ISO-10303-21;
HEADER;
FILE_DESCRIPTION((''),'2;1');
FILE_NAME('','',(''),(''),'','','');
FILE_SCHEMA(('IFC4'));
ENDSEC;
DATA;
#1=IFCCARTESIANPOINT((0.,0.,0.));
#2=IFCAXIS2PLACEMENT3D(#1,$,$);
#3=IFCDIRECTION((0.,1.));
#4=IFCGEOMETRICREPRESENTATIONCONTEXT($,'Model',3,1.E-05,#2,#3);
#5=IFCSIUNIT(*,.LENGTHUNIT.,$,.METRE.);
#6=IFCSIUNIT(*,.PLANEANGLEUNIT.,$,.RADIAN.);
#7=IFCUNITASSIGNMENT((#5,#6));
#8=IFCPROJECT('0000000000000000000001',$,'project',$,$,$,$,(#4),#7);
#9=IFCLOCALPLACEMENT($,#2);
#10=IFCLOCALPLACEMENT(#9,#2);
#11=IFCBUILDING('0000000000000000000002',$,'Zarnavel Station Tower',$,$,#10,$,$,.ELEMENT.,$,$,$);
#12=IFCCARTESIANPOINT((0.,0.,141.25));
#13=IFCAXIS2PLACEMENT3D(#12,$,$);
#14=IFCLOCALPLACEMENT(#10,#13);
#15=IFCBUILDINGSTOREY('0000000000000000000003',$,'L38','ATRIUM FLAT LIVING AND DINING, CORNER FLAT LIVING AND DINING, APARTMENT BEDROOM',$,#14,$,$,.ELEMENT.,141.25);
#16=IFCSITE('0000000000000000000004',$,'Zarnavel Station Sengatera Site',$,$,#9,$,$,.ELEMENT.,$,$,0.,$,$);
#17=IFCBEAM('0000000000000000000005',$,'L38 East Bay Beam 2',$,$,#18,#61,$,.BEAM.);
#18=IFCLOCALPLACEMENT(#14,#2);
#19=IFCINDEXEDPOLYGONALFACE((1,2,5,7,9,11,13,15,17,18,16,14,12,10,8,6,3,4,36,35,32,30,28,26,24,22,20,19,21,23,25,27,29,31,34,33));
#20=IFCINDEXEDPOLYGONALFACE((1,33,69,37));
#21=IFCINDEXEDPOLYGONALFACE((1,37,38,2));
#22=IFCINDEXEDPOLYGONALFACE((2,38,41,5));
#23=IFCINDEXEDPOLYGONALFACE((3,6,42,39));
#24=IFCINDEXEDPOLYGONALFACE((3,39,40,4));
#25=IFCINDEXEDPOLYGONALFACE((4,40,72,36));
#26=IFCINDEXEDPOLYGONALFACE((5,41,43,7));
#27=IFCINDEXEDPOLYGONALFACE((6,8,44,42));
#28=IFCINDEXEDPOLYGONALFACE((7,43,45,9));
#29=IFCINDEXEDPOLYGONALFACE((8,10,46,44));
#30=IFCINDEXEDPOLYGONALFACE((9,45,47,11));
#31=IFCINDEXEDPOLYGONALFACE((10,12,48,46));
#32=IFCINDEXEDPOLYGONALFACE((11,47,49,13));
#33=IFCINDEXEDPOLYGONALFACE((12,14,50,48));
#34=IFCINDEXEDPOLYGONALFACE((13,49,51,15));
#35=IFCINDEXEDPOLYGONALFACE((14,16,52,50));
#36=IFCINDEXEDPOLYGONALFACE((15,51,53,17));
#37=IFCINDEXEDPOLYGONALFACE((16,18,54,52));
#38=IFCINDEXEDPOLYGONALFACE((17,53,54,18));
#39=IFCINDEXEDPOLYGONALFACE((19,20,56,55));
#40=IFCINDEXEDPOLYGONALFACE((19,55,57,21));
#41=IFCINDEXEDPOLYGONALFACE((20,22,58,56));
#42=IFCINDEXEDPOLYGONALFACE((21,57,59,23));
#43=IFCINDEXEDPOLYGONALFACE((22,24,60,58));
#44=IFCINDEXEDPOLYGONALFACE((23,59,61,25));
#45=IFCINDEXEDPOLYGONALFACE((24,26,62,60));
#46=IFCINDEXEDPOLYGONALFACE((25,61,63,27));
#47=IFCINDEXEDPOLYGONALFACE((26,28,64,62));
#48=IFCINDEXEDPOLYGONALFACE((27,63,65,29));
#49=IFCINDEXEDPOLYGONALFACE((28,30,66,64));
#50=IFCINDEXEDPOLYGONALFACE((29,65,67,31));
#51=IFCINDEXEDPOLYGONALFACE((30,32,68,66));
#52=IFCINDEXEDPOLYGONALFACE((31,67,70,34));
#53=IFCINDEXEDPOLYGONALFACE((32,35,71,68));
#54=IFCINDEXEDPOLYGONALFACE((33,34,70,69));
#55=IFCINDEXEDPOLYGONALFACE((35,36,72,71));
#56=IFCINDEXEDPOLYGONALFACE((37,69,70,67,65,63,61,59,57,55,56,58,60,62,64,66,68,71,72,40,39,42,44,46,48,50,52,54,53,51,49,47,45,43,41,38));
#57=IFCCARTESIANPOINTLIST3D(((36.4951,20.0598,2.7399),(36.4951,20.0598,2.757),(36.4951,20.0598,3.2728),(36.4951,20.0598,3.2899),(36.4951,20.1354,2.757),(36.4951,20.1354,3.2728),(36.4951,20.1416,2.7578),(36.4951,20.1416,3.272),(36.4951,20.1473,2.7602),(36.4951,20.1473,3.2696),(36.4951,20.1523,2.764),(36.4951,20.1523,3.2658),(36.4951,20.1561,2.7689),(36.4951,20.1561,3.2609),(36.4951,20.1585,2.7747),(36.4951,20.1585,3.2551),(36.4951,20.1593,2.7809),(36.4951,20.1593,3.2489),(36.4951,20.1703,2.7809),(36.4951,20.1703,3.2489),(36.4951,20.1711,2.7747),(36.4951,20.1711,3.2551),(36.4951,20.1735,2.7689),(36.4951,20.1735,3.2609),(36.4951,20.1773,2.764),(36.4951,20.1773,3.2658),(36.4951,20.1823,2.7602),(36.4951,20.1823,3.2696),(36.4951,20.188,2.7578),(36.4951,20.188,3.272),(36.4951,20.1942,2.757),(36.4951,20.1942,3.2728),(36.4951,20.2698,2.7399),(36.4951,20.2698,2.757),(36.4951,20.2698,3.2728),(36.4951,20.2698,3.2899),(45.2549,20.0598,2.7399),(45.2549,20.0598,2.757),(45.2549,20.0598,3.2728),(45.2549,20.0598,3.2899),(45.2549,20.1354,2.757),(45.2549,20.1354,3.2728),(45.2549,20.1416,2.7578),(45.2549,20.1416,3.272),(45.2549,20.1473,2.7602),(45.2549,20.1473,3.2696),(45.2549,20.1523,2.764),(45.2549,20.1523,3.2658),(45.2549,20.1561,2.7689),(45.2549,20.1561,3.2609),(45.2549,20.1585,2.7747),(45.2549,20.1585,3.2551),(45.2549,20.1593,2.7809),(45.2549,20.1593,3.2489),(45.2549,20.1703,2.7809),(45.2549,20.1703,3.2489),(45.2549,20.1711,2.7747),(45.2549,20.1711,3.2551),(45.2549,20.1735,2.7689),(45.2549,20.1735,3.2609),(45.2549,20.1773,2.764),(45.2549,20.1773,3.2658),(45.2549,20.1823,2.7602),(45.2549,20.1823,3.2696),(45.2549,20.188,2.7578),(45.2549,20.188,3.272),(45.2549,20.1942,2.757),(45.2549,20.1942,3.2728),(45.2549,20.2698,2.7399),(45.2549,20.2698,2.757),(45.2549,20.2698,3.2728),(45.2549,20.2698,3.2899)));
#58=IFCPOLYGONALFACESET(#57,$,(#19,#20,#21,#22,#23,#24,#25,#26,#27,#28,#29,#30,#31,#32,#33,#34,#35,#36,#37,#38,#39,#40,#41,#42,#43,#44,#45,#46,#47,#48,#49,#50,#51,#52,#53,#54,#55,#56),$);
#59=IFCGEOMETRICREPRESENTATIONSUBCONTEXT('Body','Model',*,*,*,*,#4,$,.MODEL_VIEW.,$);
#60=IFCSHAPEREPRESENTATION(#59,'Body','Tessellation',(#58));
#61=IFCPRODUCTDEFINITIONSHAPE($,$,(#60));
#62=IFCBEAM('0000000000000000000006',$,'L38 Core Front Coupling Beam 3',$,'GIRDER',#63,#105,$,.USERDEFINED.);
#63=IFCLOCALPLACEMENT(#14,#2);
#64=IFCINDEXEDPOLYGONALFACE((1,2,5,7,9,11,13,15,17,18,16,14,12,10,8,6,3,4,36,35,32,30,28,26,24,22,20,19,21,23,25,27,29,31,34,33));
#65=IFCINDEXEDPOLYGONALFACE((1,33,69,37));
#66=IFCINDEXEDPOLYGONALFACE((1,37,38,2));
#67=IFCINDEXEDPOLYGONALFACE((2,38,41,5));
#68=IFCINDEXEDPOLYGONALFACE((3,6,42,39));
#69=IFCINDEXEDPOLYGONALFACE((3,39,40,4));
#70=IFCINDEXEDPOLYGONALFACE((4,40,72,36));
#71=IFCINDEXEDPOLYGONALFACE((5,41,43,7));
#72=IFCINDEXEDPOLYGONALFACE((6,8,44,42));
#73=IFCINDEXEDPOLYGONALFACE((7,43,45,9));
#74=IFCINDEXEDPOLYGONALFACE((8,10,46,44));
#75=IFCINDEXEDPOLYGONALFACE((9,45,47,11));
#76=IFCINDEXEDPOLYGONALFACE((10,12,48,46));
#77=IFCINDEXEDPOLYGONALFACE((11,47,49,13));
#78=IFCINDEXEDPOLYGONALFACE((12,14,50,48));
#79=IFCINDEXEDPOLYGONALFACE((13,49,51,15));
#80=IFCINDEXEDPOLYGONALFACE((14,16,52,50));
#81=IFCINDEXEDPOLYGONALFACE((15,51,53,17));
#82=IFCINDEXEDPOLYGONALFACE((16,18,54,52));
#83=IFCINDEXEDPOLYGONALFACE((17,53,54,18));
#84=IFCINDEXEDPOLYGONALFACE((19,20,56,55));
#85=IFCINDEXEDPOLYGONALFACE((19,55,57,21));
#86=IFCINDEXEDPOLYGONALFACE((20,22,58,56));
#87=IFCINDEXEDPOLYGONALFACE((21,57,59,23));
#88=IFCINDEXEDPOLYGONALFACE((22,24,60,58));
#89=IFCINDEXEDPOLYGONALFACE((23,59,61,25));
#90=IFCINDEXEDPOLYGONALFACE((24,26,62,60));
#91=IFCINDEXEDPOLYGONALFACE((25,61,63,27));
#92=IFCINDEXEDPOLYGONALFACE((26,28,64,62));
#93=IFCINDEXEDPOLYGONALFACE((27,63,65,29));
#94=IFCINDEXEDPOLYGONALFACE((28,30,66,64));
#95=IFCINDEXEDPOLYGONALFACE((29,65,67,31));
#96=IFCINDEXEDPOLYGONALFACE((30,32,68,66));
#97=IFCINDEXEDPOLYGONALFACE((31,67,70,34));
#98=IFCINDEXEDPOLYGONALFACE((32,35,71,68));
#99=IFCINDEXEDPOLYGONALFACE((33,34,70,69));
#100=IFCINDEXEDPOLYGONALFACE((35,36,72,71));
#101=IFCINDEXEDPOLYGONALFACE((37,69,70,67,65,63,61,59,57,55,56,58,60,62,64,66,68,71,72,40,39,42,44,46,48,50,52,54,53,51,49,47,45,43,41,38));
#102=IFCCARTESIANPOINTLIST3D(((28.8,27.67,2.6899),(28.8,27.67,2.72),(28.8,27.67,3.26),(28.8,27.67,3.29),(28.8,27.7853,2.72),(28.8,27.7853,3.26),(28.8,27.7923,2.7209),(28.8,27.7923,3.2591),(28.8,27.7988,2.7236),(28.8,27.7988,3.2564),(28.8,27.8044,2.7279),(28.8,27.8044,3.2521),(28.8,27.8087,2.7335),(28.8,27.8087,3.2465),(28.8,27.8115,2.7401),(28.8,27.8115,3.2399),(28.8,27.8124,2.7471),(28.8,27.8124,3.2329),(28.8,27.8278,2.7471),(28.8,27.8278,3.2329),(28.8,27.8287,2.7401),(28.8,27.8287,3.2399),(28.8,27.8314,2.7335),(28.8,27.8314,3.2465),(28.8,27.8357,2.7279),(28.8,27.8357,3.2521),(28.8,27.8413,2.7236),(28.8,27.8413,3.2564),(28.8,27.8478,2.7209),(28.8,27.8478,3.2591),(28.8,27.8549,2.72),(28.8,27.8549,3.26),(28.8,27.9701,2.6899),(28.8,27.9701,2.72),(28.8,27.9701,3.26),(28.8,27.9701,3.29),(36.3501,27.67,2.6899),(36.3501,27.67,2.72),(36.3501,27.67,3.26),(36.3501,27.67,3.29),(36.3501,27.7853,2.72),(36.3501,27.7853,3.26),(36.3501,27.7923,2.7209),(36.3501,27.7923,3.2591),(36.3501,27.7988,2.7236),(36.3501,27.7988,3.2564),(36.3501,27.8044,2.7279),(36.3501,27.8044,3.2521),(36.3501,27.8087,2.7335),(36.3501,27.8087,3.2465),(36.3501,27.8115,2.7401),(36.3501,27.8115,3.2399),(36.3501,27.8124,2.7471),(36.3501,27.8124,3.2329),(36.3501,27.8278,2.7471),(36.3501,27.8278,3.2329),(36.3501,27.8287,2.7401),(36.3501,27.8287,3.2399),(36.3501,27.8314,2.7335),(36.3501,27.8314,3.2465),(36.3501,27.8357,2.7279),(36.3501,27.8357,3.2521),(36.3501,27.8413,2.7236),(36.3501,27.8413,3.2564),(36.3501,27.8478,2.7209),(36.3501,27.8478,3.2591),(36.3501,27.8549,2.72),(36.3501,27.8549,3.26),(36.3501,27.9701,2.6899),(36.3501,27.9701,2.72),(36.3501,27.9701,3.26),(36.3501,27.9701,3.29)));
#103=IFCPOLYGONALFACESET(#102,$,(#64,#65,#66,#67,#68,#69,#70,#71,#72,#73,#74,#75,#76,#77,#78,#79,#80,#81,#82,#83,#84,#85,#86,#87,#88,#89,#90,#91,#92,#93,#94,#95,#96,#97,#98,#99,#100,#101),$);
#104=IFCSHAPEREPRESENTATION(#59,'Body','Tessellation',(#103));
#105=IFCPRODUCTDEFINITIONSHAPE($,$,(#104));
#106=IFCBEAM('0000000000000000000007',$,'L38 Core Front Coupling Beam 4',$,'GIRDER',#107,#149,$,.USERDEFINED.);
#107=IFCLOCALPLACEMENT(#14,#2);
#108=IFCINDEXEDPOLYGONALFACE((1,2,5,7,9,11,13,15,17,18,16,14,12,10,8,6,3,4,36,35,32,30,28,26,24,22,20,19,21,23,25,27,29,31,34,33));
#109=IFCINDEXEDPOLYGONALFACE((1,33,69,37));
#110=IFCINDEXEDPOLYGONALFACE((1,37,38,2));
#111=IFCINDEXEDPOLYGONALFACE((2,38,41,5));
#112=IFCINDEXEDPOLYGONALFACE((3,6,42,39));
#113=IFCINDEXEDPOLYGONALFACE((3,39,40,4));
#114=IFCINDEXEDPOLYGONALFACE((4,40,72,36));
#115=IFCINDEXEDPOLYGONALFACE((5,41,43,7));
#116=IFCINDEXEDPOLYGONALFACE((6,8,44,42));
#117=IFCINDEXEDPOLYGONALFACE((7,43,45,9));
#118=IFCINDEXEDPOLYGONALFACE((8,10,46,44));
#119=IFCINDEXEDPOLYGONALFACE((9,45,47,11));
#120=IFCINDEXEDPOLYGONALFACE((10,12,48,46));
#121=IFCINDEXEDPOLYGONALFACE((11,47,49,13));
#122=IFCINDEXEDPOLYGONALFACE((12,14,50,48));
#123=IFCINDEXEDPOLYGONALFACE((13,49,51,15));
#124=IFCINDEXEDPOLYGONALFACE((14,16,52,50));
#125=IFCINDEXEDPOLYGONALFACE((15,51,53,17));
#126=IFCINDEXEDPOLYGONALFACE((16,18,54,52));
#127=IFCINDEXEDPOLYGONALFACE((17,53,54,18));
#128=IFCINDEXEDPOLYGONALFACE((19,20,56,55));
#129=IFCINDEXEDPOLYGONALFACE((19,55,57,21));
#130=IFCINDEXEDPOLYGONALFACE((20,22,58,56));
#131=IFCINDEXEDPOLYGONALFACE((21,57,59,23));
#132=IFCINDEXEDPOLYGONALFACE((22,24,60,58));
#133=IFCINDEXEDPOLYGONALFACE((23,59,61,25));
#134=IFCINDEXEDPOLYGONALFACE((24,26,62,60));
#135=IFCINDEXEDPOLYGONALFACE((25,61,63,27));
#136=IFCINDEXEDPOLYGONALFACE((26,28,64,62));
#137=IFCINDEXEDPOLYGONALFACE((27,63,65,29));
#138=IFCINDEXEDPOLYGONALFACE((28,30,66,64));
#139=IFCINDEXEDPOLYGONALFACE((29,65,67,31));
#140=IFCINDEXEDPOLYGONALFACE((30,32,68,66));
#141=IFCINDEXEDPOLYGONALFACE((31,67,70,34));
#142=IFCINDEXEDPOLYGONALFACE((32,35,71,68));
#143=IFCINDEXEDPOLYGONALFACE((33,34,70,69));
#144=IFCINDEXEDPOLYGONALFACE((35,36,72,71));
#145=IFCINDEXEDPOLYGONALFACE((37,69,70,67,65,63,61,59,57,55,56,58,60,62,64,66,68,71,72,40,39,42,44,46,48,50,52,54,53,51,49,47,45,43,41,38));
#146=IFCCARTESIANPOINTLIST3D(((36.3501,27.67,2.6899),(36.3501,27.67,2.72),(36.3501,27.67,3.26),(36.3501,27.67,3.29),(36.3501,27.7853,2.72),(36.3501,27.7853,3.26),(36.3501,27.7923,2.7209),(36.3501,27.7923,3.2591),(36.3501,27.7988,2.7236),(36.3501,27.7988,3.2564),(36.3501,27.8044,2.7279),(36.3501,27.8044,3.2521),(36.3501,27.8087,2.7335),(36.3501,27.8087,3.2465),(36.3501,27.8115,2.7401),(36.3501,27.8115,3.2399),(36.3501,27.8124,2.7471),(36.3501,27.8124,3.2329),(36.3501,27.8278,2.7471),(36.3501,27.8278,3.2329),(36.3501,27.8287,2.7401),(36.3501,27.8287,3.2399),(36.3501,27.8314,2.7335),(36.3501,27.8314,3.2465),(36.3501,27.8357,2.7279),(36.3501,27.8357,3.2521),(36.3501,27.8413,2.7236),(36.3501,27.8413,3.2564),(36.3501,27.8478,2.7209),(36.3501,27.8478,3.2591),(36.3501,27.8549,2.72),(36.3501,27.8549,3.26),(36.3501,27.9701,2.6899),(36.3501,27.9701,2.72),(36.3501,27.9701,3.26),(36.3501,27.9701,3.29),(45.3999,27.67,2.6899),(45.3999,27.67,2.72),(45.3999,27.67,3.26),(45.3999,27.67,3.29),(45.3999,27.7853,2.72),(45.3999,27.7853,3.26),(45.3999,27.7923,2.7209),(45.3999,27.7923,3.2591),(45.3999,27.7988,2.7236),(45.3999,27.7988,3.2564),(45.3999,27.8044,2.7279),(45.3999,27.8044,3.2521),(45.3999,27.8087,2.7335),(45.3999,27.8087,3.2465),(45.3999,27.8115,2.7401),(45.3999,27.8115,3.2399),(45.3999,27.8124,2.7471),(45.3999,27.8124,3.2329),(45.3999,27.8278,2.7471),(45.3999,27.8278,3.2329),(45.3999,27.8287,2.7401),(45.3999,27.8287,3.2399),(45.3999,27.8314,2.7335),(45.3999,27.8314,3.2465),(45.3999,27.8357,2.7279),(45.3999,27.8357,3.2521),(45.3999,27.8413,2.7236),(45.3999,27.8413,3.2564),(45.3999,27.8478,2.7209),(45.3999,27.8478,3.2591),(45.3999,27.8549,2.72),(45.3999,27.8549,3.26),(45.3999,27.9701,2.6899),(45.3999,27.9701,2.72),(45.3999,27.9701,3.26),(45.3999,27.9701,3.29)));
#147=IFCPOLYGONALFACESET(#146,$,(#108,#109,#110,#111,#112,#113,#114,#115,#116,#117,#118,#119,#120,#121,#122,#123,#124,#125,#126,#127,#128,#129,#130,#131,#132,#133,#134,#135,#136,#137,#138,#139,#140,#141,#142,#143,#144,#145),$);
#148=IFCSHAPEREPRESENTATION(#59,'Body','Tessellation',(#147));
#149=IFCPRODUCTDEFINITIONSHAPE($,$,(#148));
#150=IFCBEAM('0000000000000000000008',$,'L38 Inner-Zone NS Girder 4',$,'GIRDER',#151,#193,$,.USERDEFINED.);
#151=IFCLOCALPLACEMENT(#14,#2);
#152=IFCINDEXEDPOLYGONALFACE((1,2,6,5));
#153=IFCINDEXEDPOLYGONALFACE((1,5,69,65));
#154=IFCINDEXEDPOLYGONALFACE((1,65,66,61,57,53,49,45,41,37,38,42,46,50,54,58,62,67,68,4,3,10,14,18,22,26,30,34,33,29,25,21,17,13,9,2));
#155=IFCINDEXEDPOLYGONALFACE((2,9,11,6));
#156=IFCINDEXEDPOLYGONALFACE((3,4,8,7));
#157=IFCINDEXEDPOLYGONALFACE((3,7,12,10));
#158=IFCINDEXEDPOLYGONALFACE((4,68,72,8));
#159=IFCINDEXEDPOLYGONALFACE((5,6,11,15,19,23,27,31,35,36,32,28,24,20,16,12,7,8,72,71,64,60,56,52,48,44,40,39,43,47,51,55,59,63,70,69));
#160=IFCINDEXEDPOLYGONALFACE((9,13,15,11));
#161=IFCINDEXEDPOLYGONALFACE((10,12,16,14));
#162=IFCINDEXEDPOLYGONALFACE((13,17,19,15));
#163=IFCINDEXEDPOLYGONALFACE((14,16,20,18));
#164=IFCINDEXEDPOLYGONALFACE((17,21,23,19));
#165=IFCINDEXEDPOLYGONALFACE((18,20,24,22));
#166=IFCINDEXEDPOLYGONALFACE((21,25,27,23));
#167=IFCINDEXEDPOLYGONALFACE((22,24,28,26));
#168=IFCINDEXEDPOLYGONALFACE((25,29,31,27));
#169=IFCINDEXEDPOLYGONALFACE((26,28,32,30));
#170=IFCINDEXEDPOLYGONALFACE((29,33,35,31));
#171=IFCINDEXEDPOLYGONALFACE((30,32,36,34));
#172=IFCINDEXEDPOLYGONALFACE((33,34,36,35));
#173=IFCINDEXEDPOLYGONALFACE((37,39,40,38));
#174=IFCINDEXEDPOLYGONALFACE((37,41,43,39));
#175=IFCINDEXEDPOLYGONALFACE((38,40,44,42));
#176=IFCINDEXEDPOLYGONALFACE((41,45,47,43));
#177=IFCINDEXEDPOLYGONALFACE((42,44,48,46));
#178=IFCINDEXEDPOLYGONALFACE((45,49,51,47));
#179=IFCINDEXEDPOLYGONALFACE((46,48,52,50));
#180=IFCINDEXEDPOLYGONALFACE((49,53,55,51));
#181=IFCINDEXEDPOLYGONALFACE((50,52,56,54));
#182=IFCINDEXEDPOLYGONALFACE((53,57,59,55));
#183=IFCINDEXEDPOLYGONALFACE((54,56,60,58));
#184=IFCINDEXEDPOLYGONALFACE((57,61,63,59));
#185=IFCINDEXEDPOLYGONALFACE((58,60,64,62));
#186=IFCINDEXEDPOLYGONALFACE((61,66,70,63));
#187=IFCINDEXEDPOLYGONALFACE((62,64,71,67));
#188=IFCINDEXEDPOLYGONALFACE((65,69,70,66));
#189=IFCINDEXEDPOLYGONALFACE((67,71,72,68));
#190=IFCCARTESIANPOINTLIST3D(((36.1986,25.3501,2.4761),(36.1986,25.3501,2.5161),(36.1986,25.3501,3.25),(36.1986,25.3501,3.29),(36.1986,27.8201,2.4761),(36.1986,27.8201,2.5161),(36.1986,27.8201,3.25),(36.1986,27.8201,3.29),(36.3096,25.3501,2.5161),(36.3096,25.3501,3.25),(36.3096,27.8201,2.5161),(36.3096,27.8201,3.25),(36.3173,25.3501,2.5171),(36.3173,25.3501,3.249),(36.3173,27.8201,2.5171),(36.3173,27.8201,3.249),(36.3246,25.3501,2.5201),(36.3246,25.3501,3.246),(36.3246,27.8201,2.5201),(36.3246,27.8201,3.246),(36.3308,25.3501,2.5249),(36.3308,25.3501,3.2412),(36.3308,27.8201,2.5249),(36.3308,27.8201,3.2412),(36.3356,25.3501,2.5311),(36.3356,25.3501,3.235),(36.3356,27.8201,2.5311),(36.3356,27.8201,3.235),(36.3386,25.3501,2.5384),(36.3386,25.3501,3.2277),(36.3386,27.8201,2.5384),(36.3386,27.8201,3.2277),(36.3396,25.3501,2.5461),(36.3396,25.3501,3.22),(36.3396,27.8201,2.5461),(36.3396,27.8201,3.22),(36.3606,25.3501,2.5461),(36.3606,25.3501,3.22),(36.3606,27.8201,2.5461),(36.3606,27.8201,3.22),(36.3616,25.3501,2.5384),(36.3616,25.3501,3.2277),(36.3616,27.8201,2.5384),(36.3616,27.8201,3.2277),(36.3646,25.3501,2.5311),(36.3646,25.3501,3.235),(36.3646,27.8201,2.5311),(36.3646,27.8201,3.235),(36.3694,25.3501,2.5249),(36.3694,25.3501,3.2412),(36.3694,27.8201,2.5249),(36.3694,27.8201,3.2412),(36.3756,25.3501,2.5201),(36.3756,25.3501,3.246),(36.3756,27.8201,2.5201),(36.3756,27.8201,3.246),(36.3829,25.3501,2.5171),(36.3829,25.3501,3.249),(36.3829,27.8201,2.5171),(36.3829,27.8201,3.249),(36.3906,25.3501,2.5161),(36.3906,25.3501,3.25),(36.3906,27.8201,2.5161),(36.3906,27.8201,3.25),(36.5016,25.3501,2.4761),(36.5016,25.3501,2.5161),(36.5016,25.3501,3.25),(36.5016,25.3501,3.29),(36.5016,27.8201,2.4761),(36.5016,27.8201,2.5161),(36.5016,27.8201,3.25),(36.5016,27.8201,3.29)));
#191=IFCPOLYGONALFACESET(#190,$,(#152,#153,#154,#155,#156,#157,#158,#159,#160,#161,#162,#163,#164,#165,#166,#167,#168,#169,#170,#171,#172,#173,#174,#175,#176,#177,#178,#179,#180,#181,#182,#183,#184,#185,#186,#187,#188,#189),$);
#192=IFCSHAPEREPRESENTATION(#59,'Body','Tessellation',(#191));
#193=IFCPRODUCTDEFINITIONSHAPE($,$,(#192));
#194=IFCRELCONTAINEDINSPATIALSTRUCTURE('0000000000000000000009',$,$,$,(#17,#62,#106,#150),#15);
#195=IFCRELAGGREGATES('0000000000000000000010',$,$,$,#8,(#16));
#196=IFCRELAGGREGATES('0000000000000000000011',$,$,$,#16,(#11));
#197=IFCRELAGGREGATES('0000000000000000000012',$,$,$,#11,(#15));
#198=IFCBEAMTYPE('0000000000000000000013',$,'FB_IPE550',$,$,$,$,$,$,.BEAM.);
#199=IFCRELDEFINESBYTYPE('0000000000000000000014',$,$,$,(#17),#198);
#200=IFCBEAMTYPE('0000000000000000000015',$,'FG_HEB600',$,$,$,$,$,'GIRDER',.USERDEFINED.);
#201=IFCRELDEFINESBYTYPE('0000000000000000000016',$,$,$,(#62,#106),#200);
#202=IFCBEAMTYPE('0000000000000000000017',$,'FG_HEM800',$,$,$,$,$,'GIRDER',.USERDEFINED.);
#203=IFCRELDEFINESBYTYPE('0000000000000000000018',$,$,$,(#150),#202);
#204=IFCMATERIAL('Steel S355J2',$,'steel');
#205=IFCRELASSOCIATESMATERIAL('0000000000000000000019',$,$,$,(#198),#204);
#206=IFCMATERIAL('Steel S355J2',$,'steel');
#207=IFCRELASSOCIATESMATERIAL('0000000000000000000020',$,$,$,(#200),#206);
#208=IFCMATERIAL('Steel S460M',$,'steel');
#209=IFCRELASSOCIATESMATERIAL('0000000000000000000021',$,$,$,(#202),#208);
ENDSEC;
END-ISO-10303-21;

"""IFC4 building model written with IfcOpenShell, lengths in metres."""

from ifc_helpers import new_model, si_unit, direction, frame, origin, origin_2d, place, context, subcontext, project, spatial, i_section, extrude, material, material_profile, profile_set, type_object, element, save


model = new_model("IFC4")

# Units and contexts
model_context = context("Model", 3, precision=1e-05, world=origin(), true_north=direction((0.0, 1.0)))
body_context = subcontext(model_context, "Body", "Model", "MODEL_VIEW")
ifc_project = project(units=[si_unit("LENGTHUNIT", "METRE"), si_unit("PLANEANGLEUNIT", "RADIAN")], contexts=[model_context])

# Site, building, storey
site_placement = place(None, origin())
site = spatial("IfcSite", under=ifc_project, at=site_placement, Name="Zarnavel Station Sengatera Site", CompositionType="ELEMENT", RefElevation=0.0)
building_placement = place(site_placement, origin())
building = spatial("IfcBuilding", under=site, at=building_placement, Name="Zarnavel Station Tower", CompositionType="ELEMENT")
storey_placement = place(building_placement, frame((0.0, 0.0, 141.25)))
storey = spatial("IfcBuildingStorey", under=building, at=storey_placement, Name="L38", Description="ATRIUM FLAT LIVING AND DINING, CORNER FLAT LIVING AND DINING, APARTMENT BEDROOM", CompositionType="ELEMENT", Elevation=141.25)

# Beams
ifc_material_1 = material(Name="Steel S355J2", Category="steel")
ifc_material_profile_1 = material_profile(ifc_material_1, i_section(OverallWidth=0.21, OverallDepth=0.55, WebThickness=0.011, FlangeThickness=0.0171, FilletRadius=0.0239, at=origin_2d()), Name="IPE550")
ifc_profile_set_1 = profile_set([ifc_material_profile_1], Name="Steel S355J2")
beam_type_1 = type_object("IfcBeamType", Name="FB_IPE550", PredefinedType="BEAM", material=ifc_profile_set_1)
beam_1_placement = place(storey_placement, frame((36.4951, 20.1648, 3.0149), z_axis=(1.0, 0.0, 0.0), x_axis=(0.0, 1.0, 0.0)))
element("IfcBeam", 1, at=beam_1_placement, inside=storey, type_object=beam_type_1, Name="L38 East Bay Beam 2", PredefinedType="BEAM", context=body_context, shape_type="SweptSolid", body=[
    extrude(i_section(OverallWidth=0.21, OverallDepth=0.55, WebThickness=0.011, FlangeThickness=0.0171, FilletRadius=0.0239, at=origin_2d()), origin(), (0.0, 0.0, 1.0), 8.7598),
])
ifc_material_2 = material(Name="Steel S355J2", Category="steel")
ifc_material_profile_2 = material_profile(ifc_material_2, i_section(OverallWidth=0.3, OverallDepth=0.6001, WebThickness=0.0154, FlangeThickness=0.03, FilletRadius=0.0271, at=origin_2d()), Name="HEB600")
ifc_profile_set_2 = profile_set([ifc_material_profile_2], Name="Steel S355J2")
beam_type_2 = type_object("IfcBeamType", Name="FG_HEB600", ElementType="GIRDER", PredefinedType="USERDEFINED", material=ifc_profile_set_2)
beam_2_placement = place(storey_placement, frame((28.8, 27.8201, 2.99), z_axis=(1.0, 0.0, 0.0), x_axis=(0.0, 1.0, 0.0)))
element("IfcBeam", 2, at=beam_2_placement, inside=storey, type_object=beam_type_2, Name="L38 Core Front Coupling Beam 3", ObjectType="GIRDER", PredefinedType="USERDEFINED", context=body_context, shape_type="SweptSolid", body=[
    extrude(i_section(OverallWidth=0.3, OverallDepth=0.6001, WebThickness=0.0154, FlangeThickness=0.03, FilletRadius=0.0271, at=origin_2d()), origin(), (0.0, 0.0, 1.0), 7.55),
])
beam_3_placement = place(storey_placement, frame((36.3501, 27.8201, 2.99), z_axis=(1.0, 0.0, 0.0), x_axis=(0.0, 1.0, 0.0)))
element("IfcBeam", 3, at=beam_3_placement, inside=storey, type_object=beam_type_2, Name="L38 Core Front Coupling Beam 4", ObjectType="GIRDER", PredefinedType="USERDEFINED", context=body_context, shape_type="SweptSolid", body=[
    extrude(i_section(OverallWidth=0.3, OverallDepth=0.6001, WebThickness=0.0154, FlangeThickness=0.03, FilletRadius=0.0271, at=origin_2d()), origin(), (0.0, 0.0, 1.0), 9.0498),
])
ifc_material_3 = material(Name="Steel S460M", Category="steel")
ifc_material_profile_3 = material_profile(ifc_material_3, i_section(OverallWidth=0.303, OverallDepth=0.814, WebThickness=0.021, FlangeThickness=0.04, FilletRadius=0.03, at=origin_2d()), Name="HEM800")
ifc_profile_set_3 = profile_set([ifc_material_profile_3], Name="Steel S460M")
beam_type_3 = type_object("IfcBeamType", Name="FG_HEM800", ElementType="GIRDER", PredefinedType="USERDEFINED", material=ifc_profile_set_3)
beam_4_placement = place(storey_placement, frame((36.3501, 25.3501, 2.8831), z_axis=(0.0, 1.0, 0.0), x_axis=(-1.0, 0.0, 0.0)))
element("IfcBeam", 4, at=beam_4_placement, inside=storey, type_object=beam_type_3, Name="L38 Inner-Zone NS Girder 4", ObjectType="GIRDER", PredefinedType="USERDEFINED", context=body_context, shape_type="SweptSolid", body=[
    extrude(i_section(OverallWidth=0.303, OverallDepth=0.814, WebThickness=0.021, FlangeThickness=0.04, FilletRadius=0.03, at=origin_2d()), origin(), (0.0, 0.0, 1.0), 2.47),
])

save(model, "model.ifc")
